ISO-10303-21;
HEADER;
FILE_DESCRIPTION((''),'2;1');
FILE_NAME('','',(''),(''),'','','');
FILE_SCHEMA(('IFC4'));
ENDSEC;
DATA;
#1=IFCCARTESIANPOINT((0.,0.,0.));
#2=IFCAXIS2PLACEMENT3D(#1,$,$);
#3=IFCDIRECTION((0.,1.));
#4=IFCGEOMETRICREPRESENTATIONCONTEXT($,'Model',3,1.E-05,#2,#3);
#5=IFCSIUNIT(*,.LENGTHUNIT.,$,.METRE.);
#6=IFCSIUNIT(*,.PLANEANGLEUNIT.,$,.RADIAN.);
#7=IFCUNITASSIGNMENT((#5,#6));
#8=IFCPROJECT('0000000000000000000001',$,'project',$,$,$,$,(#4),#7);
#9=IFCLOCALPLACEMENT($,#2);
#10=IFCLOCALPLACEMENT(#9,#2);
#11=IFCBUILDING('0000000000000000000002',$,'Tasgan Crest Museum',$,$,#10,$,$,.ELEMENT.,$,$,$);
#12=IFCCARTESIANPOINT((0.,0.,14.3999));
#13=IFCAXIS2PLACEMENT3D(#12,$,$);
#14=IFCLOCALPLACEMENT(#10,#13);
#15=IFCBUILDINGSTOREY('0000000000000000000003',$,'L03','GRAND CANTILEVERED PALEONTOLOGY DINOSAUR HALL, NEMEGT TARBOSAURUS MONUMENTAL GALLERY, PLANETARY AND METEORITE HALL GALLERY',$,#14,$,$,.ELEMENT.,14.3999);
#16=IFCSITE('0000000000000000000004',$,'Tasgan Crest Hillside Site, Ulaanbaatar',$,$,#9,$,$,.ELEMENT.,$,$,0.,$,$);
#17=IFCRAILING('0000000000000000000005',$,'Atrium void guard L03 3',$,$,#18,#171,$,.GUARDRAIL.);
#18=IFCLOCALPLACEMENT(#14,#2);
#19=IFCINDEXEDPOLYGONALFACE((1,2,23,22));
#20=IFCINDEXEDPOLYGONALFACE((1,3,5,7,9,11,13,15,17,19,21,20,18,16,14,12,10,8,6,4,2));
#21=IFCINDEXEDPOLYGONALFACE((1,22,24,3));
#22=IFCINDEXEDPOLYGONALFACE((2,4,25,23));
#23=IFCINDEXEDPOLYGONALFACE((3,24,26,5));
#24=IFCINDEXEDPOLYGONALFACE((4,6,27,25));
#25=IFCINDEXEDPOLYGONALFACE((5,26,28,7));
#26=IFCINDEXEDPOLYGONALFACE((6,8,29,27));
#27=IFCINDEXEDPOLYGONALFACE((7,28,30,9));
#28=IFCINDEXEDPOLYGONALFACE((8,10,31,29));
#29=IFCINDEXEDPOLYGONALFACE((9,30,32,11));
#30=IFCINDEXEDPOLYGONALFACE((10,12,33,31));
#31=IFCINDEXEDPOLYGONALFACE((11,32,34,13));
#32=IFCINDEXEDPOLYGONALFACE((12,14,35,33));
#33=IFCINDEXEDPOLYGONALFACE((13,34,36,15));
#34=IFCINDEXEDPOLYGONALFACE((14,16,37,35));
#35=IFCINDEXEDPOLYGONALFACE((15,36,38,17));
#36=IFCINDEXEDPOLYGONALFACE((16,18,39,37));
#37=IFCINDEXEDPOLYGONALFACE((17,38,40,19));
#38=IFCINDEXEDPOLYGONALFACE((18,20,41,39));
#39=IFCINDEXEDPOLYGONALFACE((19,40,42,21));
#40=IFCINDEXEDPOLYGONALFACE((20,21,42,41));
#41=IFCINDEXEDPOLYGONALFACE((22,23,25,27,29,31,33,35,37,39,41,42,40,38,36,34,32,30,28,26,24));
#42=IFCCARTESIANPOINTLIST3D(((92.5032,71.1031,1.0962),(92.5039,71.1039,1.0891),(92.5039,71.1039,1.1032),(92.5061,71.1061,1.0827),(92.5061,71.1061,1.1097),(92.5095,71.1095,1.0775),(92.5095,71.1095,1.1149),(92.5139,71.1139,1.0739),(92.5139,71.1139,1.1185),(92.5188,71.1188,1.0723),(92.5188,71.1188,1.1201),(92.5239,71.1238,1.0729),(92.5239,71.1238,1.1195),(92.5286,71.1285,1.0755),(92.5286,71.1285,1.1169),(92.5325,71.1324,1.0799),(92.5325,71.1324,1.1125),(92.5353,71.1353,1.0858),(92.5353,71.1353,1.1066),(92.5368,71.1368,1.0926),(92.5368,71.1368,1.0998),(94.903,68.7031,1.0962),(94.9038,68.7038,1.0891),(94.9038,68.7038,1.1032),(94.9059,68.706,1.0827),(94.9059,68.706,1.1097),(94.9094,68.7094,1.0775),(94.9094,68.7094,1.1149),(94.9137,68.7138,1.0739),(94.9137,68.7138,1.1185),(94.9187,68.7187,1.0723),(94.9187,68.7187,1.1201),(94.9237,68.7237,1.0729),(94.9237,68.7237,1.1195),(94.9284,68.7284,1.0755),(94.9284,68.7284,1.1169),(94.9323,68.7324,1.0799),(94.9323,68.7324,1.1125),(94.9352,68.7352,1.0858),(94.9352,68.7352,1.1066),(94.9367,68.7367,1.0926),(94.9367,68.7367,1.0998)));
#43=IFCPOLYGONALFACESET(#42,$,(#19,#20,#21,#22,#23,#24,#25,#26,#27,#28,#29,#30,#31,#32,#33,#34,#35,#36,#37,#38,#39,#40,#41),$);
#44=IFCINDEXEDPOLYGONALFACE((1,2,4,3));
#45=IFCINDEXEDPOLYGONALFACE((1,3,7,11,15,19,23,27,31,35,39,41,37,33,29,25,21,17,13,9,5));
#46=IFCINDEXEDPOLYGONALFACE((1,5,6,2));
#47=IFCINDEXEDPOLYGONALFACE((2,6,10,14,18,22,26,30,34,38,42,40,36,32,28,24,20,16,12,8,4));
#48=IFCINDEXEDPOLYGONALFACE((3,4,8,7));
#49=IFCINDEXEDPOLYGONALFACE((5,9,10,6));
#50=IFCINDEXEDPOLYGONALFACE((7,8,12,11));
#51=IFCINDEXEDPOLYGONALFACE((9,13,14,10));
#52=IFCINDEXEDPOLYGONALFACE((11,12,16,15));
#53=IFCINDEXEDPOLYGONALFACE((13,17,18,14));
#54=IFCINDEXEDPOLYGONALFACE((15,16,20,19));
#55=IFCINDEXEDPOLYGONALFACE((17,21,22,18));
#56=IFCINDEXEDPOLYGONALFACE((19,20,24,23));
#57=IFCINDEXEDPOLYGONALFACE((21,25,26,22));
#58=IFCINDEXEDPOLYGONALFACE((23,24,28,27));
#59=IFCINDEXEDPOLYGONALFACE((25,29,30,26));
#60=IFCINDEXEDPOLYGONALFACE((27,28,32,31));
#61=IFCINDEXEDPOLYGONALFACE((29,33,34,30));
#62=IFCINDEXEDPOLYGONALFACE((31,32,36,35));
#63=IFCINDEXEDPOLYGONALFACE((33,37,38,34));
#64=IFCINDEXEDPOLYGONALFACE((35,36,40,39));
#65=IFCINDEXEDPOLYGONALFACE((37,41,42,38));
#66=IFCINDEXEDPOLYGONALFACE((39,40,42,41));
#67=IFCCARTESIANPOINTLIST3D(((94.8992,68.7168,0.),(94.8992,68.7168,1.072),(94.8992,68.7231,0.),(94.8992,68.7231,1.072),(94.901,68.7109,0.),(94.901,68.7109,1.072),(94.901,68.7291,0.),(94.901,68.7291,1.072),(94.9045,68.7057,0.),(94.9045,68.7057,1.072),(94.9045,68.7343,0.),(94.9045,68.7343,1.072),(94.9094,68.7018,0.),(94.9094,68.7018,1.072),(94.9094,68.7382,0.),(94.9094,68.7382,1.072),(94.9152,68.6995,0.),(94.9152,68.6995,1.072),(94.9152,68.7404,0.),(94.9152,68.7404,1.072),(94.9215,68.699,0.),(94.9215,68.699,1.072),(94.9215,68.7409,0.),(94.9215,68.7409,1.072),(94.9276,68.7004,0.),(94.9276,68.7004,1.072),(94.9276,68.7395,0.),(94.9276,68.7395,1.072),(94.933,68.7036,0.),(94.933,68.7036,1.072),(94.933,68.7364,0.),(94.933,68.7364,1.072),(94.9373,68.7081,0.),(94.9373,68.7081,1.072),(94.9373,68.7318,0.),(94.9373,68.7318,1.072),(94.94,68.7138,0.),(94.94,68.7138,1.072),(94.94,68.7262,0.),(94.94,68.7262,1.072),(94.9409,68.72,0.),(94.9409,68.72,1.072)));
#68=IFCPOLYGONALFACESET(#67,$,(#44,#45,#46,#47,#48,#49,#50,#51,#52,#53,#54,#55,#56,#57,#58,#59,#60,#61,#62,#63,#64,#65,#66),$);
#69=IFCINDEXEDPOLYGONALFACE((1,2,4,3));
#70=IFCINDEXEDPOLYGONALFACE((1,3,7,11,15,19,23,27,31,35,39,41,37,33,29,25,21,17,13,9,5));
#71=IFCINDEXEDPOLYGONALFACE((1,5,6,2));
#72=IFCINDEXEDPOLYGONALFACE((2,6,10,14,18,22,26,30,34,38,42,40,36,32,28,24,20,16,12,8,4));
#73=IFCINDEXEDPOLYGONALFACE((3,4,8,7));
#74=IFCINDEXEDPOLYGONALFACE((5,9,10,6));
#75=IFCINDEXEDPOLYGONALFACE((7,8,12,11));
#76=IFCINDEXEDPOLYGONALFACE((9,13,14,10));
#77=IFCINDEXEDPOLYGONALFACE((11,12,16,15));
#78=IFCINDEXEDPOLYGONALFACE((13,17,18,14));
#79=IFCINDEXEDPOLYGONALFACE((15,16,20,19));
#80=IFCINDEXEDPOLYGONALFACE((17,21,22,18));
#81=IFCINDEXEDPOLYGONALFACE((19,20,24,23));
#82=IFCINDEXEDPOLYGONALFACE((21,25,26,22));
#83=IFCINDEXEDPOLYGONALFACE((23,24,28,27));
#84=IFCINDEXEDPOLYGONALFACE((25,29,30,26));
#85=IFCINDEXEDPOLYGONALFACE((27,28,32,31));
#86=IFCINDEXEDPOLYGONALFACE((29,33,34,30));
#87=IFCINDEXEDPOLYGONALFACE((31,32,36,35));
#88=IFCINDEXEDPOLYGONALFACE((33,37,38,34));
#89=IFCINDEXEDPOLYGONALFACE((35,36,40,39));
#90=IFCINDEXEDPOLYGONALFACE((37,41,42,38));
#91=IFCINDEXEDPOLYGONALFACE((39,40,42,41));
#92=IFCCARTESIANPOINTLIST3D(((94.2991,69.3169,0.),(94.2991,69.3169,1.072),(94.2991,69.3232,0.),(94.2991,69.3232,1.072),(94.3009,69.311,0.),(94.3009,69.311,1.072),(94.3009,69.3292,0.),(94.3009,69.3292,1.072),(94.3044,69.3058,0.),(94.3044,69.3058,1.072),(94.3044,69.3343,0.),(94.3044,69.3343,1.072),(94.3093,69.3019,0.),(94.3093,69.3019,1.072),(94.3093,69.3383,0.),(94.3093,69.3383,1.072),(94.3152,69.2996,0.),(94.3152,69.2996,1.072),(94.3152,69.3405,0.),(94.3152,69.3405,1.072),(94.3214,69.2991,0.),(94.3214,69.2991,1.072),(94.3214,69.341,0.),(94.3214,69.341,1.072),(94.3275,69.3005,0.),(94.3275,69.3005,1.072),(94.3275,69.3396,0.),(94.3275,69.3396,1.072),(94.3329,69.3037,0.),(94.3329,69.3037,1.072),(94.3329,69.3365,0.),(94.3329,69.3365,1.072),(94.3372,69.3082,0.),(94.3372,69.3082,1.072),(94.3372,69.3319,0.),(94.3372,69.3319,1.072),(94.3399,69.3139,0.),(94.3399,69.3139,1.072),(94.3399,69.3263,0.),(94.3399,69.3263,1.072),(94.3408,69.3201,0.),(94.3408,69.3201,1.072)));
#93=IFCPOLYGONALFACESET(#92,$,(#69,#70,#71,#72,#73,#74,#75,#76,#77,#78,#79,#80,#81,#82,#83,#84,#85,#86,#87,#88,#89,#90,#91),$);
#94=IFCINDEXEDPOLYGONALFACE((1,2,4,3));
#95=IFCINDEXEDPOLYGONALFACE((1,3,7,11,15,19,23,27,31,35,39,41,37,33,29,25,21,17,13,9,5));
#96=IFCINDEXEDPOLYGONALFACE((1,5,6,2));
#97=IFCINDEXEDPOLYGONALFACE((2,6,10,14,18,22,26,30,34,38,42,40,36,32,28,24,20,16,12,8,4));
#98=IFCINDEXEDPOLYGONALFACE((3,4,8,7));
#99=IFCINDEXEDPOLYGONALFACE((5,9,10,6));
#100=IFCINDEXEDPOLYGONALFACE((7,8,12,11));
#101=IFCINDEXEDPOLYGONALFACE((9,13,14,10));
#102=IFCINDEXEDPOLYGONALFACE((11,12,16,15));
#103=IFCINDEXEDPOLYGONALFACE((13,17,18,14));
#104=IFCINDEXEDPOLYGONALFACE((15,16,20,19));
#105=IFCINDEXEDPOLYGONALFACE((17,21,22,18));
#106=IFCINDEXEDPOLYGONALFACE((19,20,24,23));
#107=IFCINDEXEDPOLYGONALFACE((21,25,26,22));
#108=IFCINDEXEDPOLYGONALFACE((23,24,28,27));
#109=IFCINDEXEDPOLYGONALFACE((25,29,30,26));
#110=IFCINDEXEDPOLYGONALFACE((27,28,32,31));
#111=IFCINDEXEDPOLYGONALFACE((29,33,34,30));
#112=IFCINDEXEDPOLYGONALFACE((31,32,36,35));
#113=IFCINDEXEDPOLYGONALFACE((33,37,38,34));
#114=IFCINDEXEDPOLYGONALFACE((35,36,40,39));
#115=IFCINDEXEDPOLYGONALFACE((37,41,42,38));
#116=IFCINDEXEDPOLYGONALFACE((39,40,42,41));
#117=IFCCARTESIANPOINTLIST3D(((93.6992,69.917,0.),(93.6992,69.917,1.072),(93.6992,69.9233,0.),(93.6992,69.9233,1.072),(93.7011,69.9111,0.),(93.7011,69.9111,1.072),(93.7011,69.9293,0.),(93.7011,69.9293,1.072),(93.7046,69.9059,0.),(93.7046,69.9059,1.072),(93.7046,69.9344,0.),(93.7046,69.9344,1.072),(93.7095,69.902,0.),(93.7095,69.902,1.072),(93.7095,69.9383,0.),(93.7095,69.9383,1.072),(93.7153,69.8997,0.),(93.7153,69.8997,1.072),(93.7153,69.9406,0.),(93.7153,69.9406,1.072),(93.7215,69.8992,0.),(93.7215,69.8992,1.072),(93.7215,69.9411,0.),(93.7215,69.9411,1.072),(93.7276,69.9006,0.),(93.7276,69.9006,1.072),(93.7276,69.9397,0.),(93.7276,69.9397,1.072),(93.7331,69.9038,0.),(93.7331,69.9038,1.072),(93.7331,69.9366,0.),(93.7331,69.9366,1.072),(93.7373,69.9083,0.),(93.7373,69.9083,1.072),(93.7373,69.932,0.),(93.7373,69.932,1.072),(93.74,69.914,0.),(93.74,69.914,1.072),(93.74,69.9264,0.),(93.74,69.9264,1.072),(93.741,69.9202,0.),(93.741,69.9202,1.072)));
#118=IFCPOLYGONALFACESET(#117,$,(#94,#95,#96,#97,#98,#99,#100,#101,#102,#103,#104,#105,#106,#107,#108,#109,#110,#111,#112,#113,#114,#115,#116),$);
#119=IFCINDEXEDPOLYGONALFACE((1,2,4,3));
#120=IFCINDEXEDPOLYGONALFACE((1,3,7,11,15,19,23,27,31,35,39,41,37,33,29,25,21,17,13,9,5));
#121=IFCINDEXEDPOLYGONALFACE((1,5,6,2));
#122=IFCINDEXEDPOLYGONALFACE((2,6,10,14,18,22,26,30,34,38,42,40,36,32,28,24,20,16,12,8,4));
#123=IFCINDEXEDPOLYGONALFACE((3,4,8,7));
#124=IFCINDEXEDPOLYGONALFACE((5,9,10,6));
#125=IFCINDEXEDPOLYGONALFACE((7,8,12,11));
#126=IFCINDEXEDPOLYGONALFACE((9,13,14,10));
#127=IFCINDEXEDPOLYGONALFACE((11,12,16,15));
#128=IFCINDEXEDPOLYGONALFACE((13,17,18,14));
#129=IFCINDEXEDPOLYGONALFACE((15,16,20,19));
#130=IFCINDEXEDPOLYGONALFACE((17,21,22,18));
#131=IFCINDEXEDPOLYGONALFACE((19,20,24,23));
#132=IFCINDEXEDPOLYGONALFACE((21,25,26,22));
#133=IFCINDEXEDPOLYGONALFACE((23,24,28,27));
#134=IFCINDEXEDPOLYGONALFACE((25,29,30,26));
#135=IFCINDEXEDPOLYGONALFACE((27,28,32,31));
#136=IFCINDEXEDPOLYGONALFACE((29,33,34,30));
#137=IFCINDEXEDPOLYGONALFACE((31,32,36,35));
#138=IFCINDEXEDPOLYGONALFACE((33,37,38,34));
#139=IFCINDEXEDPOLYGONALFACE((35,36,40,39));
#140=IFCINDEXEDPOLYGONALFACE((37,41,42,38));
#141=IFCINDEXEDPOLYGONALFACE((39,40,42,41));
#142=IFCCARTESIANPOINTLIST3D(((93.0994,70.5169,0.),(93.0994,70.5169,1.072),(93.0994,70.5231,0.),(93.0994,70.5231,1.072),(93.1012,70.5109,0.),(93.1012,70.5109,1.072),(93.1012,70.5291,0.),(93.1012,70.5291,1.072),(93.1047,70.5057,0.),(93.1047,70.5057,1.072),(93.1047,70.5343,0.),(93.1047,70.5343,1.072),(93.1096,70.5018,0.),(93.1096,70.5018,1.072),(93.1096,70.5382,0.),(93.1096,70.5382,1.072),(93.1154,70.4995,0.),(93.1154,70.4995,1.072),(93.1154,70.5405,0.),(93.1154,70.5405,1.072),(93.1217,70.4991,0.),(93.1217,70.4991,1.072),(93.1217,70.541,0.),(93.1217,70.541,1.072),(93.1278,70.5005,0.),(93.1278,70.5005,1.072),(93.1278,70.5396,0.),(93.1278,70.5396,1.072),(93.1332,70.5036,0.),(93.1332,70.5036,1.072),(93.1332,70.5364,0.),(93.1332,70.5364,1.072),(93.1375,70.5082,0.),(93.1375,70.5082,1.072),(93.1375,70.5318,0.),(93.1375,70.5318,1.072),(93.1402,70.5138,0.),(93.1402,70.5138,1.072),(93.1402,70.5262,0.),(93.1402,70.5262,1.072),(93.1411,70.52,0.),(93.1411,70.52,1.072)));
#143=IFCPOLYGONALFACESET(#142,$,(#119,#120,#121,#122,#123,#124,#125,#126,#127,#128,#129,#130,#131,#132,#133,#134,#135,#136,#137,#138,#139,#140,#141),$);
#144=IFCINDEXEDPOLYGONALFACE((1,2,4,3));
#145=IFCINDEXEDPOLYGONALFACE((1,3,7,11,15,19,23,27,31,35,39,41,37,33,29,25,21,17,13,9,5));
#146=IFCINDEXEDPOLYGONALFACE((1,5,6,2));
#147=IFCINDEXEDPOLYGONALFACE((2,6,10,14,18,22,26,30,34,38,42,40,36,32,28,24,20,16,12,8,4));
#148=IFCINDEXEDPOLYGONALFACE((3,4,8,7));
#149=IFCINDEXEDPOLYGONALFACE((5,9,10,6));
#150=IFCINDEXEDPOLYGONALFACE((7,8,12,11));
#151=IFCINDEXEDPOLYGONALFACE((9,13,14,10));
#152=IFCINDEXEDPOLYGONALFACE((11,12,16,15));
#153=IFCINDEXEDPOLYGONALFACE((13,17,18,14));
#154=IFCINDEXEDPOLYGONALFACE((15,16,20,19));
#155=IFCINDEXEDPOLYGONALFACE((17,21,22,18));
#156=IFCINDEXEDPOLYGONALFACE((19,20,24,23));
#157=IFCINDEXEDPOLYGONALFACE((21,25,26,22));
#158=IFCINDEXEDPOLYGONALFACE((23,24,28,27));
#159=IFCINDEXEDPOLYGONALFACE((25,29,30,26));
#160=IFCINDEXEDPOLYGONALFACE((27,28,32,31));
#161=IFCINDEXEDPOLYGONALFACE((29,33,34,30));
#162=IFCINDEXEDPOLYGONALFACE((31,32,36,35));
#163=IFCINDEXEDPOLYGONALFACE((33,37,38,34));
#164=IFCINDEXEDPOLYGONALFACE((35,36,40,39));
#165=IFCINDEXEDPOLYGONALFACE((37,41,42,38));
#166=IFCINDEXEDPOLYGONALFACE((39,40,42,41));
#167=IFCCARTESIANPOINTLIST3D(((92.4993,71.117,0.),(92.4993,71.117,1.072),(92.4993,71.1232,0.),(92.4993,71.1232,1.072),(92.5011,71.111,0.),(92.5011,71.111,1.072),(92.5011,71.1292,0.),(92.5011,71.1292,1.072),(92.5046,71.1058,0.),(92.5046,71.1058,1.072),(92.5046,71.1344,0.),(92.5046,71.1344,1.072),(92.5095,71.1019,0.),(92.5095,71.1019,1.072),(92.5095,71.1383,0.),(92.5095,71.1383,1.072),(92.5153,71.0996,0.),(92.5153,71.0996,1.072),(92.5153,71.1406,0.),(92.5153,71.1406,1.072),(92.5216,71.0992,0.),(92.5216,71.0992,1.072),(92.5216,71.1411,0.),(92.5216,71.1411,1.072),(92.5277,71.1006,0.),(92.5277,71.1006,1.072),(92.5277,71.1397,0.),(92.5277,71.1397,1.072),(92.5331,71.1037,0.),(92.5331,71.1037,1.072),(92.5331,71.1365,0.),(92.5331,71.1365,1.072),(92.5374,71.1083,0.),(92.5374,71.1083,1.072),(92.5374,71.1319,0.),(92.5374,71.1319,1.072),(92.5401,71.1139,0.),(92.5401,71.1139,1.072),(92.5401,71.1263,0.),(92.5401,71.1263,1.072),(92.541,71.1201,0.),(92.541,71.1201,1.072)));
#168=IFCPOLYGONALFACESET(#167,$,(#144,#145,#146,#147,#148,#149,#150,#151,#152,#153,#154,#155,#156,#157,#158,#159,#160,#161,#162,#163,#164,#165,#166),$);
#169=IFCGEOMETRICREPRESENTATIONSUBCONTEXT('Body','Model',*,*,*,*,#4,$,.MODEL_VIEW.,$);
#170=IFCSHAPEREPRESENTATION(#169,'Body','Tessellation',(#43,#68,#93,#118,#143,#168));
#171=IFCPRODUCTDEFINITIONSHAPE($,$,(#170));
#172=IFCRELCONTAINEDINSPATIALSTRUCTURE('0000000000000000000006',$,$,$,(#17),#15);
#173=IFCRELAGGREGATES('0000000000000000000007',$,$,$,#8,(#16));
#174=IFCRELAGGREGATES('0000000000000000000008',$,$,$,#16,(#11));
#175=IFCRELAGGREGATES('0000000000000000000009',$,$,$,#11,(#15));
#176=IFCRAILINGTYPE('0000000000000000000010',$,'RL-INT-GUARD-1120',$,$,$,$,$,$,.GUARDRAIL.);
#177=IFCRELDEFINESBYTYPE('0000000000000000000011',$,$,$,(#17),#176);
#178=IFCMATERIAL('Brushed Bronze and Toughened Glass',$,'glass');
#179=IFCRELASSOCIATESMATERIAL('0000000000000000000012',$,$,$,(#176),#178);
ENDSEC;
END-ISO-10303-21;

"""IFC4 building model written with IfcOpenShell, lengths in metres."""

from ifc_helpers import new_model, si_unit, direction, frame, origin, origin_2d, place, context, subcontext, project, spatial, circle, extrude, material, type_object, element, save


model = new_model("IFC4")

# Units and contexts
model_context = context("Model", 3, precision=1e-05, world=origin(), true_north=direction((0.0, 1.0)))
body_context = subcontext(model_context, "Body", "Model", "MODEL_VIEW")
ifc_project = project(units=[si_unit("LENGTHUNIT", "METRE"), si_unit("PLANEANGLEUNIT", "RADIAN")], contexts=[model_context])

# Site, building, storey
site_placement = place(None, origin())
site = spatial("IfcSite", under=ifc_project, at=site_placement, Name="Tasgan Crest Hillside Site, Ulaanbaatar", CompositionType="ELEMENT", RefElevation=0.0)
building_placement = place(site_placement, origin())
building = spatial("IfcBuilding", under=site, at=building_placement, Name="Tasgan Crest Museum", CompositionType="ELEMENT")
storey_placement = place(building_placement, frame((0.0, 0.0, 14.3999)))
storey = spatial("IfcBuildingStorey", under=building, at=storey_placement, Name="L03", Description="GRAND CANTILEVERED PALEONTOLOGY DINOSAUR HALL, NEMEGT TARBOSAURUS MONUMENTAL GALLERY, PLANETARY AND METEORITE HALL GALLERY", CompositionType="ELEMENT", Elevation=14.3999)

# Railing
ifc_material_1 = material(Name="Brushed Bronze and Toughened Glass", Category="glass")
railing_type = type_object("IfcRailingType", Name="RL-INT-GUARD-1120", PredefinedType="GUARDRAIL", material=ifc_material_1)
railing_1_placement = place(storey_placement, frame((94.9199, 68.72, 0.0)))
element("IfcRailing", 1, at=railing_1_placement, inside=storey, type_object=railing_type, Name="Atrium void guard L03 3", PredefinedType="GUARDRAIL", context=body_context, shape_type="SweptSolid", body=[
    extrude(circle(Radius=0.0239, at=origin_2d()), frame((0.0, 0.0, 1.0962), z_axis=(-0.707071, 0.707143, 0.0), x_axis=(-0.707143, -0.707071, 0.0)), (0.0, 0.0, 1.0), 3.394),
    extrude(circle(Radius=0.021, at=origin_2d()), origin(), (0.0, 0.0, 1.0), 1.072),
    extrude(circle(Radius=0.021, at=origin_2d()), frame((-0.6001, 0.6001, 0.0)), (0.0, 0.0, 1.0), 1.072),
    extrude(circle(Radius=0.021, at=origin_2d()), frame((-1.2, 1.2002, 0.0)), (0.0, 0.0, 1.0), 1.072),
    extrude(circle(Radius=0.021, at=origin_2d()), frame((-1.7998, 1.8, 0.0)), (0.0, 0.0, 1.0), 1.072),
    extrude(circle(Radius=0.021, at=origin_2d()), frame((-2.3999, 2.4001, 0.0)), (0.0, 0.0, 1.0), 1.072),
])

save(model, "model.ifc")
